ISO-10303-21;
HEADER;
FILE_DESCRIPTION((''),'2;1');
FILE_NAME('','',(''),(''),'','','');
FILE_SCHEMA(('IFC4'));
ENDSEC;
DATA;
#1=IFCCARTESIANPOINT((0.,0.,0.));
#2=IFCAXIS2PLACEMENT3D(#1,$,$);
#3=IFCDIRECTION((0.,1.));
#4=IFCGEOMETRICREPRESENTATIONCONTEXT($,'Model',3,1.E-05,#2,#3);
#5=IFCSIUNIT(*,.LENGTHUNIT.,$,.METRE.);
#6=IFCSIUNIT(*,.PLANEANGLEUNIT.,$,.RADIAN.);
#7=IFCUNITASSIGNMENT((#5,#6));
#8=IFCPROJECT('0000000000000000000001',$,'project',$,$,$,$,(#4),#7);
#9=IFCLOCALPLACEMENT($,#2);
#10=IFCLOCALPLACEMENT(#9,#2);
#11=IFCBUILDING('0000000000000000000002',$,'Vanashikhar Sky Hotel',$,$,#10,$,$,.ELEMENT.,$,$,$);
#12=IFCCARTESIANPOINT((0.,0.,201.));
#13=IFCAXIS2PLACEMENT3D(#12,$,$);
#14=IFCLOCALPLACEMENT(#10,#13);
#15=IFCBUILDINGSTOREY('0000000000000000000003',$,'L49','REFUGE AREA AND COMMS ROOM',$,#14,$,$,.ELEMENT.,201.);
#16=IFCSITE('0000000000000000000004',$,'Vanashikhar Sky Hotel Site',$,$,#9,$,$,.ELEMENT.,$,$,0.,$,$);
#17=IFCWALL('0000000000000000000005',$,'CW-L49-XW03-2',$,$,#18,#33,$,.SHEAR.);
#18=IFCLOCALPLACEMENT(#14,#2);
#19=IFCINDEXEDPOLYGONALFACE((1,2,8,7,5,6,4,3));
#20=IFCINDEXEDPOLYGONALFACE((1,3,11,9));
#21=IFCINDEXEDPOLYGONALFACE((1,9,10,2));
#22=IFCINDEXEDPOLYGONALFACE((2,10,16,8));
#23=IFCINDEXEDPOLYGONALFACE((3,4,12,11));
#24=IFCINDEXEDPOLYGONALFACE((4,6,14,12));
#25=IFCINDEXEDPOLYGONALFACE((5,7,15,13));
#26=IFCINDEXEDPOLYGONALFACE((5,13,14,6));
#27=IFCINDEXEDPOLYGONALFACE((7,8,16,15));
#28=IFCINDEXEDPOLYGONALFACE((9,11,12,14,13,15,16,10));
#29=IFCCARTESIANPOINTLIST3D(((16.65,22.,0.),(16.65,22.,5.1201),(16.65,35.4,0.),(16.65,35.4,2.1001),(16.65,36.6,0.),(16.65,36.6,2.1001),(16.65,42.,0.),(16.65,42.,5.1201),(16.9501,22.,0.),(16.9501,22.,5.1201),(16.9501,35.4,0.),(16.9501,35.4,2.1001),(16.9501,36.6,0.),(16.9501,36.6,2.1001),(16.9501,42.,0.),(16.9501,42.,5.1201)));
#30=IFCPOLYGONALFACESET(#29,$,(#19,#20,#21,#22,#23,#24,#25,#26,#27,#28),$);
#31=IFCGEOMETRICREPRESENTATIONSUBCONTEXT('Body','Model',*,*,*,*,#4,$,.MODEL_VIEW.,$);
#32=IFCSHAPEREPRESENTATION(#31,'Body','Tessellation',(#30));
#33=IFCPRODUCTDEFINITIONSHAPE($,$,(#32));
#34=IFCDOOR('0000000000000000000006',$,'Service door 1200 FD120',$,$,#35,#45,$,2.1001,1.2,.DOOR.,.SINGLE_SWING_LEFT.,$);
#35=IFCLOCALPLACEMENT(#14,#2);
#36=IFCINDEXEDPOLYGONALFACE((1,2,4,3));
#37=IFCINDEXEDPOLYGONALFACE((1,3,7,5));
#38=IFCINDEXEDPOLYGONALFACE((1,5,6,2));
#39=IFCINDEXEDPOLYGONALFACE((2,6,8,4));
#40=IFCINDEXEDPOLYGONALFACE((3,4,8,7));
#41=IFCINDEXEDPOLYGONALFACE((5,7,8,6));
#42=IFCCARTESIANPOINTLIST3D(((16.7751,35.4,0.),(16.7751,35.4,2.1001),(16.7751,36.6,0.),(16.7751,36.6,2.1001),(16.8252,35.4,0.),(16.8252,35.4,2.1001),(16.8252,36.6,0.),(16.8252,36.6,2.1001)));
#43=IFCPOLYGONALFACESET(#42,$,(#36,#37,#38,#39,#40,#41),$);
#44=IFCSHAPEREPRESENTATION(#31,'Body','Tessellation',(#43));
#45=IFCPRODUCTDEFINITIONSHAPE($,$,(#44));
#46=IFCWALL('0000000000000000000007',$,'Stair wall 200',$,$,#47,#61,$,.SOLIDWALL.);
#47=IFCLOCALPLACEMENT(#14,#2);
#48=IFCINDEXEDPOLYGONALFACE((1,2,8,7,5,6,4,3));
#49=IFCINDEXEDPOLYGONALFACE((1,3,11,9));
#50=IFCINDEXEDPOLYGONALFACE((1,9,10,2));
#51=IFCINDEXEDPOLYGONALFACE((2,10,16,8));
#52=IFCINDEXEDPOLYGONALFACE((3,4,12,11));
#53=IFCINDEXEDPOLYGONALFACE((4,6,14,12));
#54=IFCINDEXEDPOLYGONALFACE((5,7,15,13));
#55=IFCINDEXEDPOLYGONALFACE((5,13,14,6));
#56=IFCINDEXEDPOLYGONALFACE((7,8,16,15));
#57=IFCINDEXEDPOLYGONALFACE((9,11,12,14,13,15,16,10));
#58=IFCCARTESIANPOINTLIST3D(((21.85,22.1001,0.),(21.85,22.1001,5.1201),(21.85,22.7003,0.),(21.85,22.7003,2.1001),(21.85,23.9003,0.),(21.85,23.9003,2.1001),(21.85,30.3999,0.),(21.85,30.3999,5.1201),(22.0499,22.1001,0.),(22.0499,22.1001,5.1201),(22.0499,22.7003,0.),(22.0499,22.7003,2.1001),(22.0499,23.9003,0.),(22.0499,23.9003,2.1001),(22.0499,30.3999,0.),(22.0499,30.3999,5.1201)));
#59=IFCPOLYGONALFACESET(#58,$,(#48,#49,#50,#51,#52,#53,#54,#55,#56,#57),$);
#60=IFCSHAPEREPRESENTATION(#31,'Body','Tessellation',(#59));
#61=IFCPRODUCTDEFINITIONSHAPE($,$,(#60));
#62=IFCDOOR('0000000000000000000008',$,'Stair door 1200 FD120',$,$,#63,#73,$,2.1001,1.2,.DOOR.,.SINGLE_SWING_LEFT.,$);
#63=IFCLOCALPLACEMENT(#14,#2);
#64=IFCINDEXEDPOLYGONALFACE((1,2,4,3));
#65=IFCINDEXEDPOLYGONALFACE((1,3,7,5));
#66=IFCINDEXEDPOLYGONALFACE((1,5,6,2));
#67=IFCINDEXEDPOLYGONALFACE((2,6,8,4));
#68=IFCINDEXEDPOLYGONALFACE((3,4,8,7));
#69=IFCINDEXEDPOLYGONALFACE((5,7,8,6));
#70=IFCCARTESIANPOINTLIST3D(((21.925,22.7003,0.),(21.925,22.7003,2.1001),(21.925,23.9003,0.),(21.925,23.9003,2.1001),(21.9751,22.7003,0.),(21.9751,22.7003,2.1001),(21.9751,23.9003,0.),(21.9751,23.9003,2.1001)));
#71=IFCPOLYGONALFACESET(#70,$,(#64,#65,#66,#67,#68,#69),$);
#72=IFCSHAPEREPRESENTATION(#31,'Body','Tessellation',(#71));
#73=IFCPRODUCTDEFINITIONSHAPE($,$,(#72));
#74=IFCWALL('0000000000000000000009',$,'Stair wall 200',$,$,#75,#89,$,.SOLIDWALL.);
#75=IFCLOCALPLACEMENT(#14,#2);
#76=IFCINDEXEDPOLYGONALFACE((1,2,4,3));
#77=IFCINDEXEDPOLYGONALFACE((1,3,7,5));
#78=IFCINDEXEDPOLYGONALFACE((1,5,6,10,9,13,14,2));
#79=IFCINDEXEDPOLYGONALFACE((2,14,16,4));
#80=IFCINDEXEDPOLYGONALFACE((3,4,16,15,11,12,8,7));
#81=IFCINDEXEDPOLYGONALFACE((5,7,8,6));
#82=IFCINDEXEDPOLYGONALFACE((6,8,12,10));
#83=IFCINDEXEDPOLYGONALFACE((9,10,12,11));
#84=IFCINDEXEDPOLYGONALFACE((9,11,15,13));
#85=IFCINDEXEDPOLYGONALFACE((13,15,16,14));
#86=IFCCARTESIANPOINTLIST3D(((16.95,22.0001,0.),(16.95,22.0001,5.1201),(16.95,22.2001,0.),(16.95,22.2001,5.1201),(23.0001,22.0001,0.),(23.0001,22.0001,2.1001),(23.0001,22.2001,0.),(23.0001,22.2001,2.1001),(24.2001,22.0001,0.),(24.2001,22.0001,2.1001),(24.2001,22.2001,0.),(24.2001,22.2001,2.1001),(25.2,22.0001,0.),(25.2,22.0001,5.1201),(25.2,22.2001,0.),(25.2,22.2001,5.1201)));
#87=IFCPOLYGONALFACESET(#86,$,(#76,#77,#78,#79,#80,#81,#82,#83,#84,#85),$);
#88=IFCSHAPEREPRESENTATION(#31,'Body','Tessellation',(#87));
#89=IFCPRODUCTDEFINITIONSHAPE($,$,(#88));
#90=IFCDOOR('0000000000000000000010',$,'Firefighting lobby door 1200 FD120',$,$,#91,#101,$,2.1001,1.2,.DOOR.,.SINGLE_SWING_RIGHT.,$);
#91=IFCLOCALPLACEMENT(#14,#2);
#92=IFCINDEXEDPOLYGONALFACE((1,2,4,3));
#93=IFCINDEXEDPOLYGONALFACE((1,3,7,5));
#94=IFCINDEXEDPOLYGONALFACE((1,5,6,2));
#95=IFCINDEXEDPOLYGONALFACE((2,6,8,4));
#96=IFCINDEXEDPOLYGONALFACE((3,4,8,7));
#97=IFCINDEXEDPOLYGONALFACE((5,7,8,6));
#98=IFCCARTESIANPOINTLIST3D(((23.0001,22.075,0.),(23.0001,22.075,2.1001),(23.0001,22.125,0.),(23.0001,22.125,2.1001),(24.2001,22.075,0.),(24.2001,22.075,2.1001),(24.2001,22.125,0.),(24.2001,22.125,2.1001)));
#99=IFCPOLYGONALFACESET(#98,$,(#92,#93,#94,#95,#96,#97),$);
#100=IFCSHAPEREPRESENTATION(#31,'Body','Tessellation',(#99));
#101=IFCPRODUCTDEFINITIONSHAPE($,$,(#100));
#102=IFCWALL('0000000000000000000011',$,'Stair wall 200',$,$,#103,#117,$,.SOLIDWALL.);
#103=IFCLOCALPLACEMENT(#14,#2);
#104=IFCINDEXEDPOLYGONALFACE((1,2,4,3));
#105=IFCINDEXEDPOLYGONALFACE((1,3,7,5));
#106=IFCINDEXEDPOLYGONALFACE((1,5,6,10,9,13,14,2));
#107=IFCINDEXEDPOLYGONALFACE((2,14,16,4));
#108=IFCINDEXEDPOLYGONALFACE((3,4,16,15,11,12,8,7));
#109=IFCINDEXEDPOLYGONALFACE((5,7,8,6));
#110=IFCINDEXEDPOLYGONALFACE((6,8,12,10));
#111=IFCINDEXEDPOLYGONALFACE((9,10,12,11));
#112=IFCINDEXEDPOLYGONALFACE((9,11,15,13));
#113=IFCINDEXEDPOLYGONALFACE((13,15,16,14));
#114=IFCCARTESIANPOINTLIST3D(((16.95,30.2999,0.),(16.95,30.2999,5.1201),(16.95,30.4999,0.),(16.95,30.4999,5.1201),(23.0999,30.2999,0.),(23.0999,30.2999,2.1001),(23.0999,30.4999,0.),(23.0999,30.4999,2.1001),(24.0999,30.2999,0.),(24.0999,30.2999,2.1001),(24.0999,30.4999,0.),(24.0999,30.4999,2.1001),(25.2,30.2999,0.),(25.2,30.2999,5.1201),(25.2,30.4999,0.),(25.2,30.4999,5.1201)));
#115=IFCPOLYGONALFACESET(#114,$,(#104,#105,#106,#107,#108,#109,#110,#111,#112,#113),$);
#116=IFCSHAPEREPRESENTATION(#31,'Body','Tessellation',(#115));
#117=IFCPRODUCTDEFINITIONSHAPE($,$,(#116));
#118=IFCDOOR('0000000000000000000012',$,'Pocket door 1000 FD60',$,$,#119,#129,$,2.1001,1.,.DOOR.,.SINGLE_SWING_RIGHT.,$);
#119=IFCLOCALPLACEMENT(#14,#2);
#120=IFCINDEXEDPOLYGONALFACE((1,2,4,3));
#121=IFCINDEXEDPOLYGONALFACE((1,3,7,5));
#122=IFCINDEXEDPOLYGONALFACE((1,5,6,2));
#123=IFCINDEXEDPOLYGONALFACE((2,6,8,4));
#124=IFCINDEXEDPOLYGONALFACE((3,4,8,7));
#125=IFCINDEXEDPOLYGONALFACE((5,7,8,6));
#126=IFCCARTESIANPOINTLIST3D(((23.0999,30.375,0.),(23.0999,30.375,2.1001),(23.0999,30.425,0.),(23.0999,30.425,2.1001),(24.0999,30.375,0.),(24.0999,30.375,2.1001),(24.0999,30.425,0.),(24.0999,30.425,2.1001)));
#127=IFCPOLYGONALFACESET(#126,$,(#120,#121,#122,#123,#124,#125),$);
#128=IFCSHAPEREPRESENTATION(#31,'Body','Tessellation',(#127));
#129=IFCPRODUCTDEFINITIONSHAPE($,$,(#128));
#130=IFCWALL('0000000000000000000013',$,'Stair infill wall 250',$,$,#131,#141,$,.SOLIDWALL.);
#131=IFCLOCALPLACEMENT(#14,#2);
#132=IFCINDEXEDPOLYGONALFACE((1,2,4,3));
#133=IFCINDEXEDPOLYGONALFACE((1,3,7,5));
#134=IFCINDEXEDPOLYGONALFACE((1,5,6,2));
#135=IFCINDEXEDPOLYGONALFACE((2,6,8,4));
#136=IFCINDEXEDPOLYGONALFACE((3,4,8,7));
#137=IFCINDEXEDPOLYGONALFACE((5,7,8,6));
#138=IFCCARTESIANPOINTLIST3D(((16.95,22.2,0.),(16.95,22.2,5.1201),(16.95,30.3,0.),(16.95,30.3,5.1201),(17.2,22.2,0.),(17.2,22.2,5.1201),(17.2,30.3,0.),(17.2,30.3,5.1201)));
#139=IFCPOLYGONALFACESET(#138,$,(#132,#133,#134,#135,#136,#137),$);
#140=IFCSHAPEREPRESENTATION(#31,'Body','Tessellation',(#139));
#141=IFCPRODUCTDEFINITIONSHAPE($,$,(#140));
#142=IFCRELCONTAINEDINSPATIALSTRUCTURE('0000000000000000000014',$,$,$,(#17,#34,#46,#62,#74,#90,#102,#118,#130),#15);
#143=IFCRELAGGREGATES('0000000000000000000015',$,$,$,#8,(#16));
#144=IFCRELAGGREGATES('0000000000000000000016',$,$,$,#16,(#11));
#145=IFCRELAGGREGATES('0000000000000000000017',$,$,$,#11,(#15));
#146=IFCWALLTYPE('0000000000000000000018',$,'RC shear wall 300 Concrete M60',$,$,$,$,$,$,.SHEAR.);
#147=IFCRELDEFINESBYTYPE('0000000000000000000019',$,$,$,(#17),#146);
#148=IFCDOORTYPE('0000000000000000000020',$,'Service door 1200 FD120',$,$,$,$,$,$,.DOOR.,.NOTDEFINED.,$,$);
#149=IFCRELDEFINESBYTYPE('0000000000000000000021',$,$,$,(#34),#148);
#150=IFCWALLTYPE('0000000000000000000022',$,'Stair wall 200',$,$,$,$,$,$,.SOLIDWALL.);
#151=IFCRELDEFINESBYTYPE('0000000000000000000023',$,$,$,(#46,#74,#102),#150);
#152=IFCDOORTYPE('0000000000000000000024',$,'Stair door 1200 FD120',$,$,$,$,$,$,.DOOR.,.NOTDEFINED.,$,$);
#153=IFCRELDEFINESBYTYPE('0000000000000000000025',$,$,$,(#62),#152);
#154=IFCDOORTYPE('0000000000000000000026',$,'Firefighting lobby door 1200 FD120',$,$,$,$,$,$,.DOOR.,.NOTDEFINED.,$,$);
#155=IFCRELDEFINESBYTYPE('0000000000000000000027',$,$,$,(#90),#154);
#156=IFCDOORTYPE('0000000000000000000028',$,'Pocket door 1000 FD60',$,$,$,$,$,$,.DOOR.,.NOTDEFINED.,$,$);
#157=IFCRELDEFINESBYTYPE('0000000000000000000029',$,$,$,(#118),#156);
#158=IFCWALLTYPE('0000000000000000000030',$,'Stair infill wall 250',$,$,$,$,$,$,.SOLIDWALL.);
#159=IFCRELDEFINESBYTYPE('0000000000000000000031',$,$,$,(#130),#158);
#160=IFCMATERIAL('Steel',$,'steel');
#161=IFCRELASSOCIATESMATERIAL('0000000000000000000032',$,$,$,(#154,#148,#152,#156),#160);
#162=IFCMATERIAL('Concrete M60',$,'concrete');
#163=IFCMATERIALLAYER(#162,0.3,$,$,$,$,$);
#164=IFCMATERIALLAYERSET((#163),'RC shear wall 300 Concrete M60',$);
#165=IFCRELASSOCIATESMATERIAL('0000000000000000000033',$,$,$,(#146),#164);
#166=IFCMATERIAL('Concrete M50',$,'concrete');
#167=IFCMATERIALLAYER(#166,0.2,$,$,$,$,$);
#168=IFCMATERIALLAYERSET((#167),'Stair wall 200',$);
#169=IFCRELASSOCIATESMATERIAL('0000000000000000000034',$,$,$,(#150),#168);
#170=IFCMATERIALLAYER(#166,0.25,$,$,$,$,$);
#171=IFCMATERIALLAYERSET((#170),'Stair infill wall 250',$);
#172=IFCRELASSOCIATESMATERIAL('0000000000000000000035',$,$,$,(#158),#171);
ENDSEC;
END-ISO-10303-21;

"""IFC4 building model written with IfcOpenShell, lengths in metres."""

from ifc_helpers import new_model, si_unit, direction, frame, frame_2d, origin, place, context, subcontext, project, spatial, rectangle, extrude, source, transform, mapped, material, layer, layer_set, type_object, element, fill, save


model = new_model("IFC4")

# Units and contexts
model_context = context("Model", 3, precision=1e-05, world=origin(), true_north=direction((0.0, 1.0)))
body_context = subcontext(model_context, "Body", "Model", "MODEL_VIEW")
ifc_project = project(units=[si_unit("LENGTHUNIT", "METRE"), si_unit("PLANEANGLEUNIT", "RADIAN")], contexts=[model_context])

# Site, building, storey
site_placement = place(None, origin())
site = spatial("IfcSite", under=ifc_project, at=site_placement, Name="Vanashikhar Sky Hotel Site", CompositionType="ELEMENT", RefElevation=0.0)
building_placement = place(site_placement, origin())
building = spatial("IfcBuilding", under=site, at=building_placement, Name="Vanashikhar Sky Hotel", CompositionType="ELEMENT")
storey_placement = place(building_placement, frame((0.0, 0.0, 201.0)))
storey = spatial("IfcBuildingStorey", under=building, at=storey_placement, Name="L49", Description="REFUGE AREA AND COMMS ROOM", CompositionType="ELEMENT", Elevation=201.0)

# Shared definitions
ifc_material_1 = material(Name="Concrete M60", Category="concrete")
ifc_material_2 = material(Name="Steel", Category="steel")
door_type_1 = type_object("IfcDoorType", Name="Firefighting lobby door 1200 FD120", OperationType="NOTDEFINED", PredefinedType="DOOR", material=ifc_material_2)

# Walls, openings, doors
ifc_layer_1 = layer(ifc_material_1, 0.3)
ifc_layer_set_1 = layer_set([ifc_layer_1], Name="RC shear wall 300 Concrete M60")
wall_type_1 = type_object("IfcWallType", Name="RC shear wall 300 Concrete M60", PredefinedType="SHEAR", material=ifc_layer_set_1)
shared_shape_1 = source(origin(), body_context, "Body", "SweptSolid", [
    extrude(rectangle(XDim=20.0, YDim=0.3, at=frame_2d((10.0, 0.0))), origin(), (0.0, 0.0, 1.0), 5.1201),
])
wall_1_placement = place(storey_placement, frame((16.8, 22.0, 0.0), z_axis=(0.0, 0.0, 1.0), x_axis=(0.0, 1.0, 0.0)))
wall_1 = element("IfcWall", 1, at=wall_1_placement, inside=storey, type_object=wall_type_1, Name="CW-L49-XW03-2", PredefinedType="SHEAR", context=body_context, shape_type="MappedRepresentation", body=[
    mapped(shared_shape_1, transform((0.0, 0.0, 0.0), scale=1.0)),
])
shared_shape_2 = source(origin(), body_context, "Body", "SweptSolid", [
    extrude(rectangle(XDim=1.2, YDim=2.1001, at=frame_2d((0.6001, 1.05))), frame((0.0, 0.1602, 0.0), z_axis=(0.0, -1.0, 0.0), x_axis=(1.0, 0.0, 0.0)), (0.0, 0.0, 1.0), 0.3201),
])
opening_1_placement = place(wall_1_placement, frame((13.3999, 0.0, 0.0)))
opening_1 = element("IfcOpeningElement", 2, at=opening_1_placement, cuts=wall_1, PredefinedType="OPENING", context=body_context, shape_type="MappedRepresentation", body=[
    mapped(shared_shape_2, transform((0.0, 0.0, 0.0), scale=1.0)),
])
door_type_2 = type_object("IfcDoorType", Name="Service door 1200 FD120", OperationType="NOTDEFINED", PredefinedType="DOOR", material=ifc_material_2)
shared_shape_3 = source(origin(), body_context, "Body", "SweptSolid", [
    extrude(rectangle(XDim=1.2, YDim=2.1001, at=frame_2d((0.6001, 1.05))), frame((0.0, 0.0249, 0.0), z_axis=(0.0, -1.0, 0.0), x_axis=(1.0, 0.0, 0.0)), (0.0, 0.0, 1.0), 0.05),
])
door_1_placement = place(opening_1_placement, origin())
door_1 = element("IfcDoor", 3, at=door_1_placement, inside=storey, type_object=door_type_2, Name="Service door 1200 FD120", OperationType="SINGLE_SWING_LEFT", OverallHeight=2.1001, OverallWidth=1.2, PredefinedType="DOOR", context=body_context, shape_type="MappedRepresentation", body=[
    mapped(shared_shape_3, transform((0.0, 0.0, 0.0), scale=1.0)),
])
fill(opening_1, door_1)
ifc_material_3 = material(Name="Concrete M50", Category="concrete")
ifc_layer_2 = layer(ifc_material_3, 0.2)
ifc_layer_set_2 = layer_set([ifc_layer_2], Name="Stair wall 200")
wall_type_2 = type_object("IfcWallType", Name="Stair wall 200", PredefinedType="SOLIDWALL", material=ifc_layer_set_2)
shared_shape_4 = source(origin(), body_context, "Body", "SweptSolid", [
    extrude(rectangle(XDim=8.2998, YDim=0.2, at=frame_2d((4.1499, 0.0))), origin(), (0.0, 0.0, 1.0), 5.1201),
])
wall_2_placement = place(storey_placement, frame((21.95, 22.1001, 0.0), z_axis=(0.0, 0.0, 1.0), x_axis=(0.0, 1.0, 0.0)))
wall_2 = element("IfcWall", 4, at=wall_2_placement, inside=storey, type_object=wall_type_2, Name="Stair wall 200", PredefinedType="SOLIDWALL", context=body_context, shape_type="MappedRepresentation", body=[
    mapped(shared_shape_4, transform((0.0, 0.0, 0.0), scale=1.0)),
])
shared_shape_5 = source(origin(), body_context, "Body", "SweptSolid", [
    extrude(rectangle(XDim=1.2, YDim=2.1001, at=frame_2d((0.6001, 1.05))), frame((0.0, 0.1099, 0.0), z_axis=(0.0, -1.0, 0.0), x_axis=(1.0, 0.0, 0.0)), (0.0, 0.0, 1.0), 0.22),
])
opening_2_placement = place(wall_2_placement, frame((0.6001, 0.0, 0.0)))
opening_2 = element("IfcOpeningElement", 5, at=opening_2_placement, cuts=wall_2, PredefinedType="OPENING", context=body_context, shape_type="MappedRepresentation", body=[
    mapped(shared_shape_5, transform((0.0, 0.0, 0.0), scale=1.0)),
])
door_type_3 = type_object("IfcDoorType", Name="Stair door 1200 FD120", OperationType="NOTDEFINED", PredefinedType="DOOR", material=ifc_material_2)
door_2_placement = place(opening_2_placement, origin())
door_2 = element("IfcDoor", 6, at=door_2_placement, inside=storey, type_object=door_type_3, Name="Stair door 1200 FD120", OperationType="SINGLE_SWING_LEFT", OverallHeight=2.1001, OverallWidth=1.2, PredefinedType="DOOR", context=body_context, shape_type="MappedRepresentation", body=[
    mapped(shared_shape_3, transform((0.0, 0.0, 0.0), scale=1.0)),
])
fill(opening_2, door_2)
shared_shape_6 = source(origin(), body_context, "Body", "SweptSolid", [
    extrude(rectangle(XDim=8.25, YDim=0.2, at=frame_2d((4.125, 0.0))), origin(), (0.0, 0.0, 1.0), 5.1201),
])
wall_3_placement = place(storey_placement, frame((16.95, 22.1001, 0.0), z_axis=(0.0, 0.0, 1.0), x_axis=(1.0, 0.0, 0.0)))
wall_3 = element("IfcWall", 7, at=wall_3_placement, inside=storey, type_object=wall_type_2, Name="Stair wall 200", PredefinedType="SOLIDWALL", context=body_context, shape_type="MappedRepresentation", body=[
    mapped(shared_shape_6, transform((0.0, 0.0, 0.0), scale=1.0)),
])
opening_3_placement = place(wall_3_placement, frame((6.05, 0.0, 0.0)))
opening_3 = element("IfcOpeningElement", 8, at=opening_3_placement, cuts=wall_3, PredefinedType="OPENING", context=body_context, shape_type="MappedRepresentation", body=[
    mapped(shared_shape_5, transform((0.0, 0.0, 0.0), scale=1.0)),
])
door_3_placement = place(opening_3_placement, origin())
door_3 = element("IfcDoor", 9, at=door_3_placement, inside=storey, type_object=door_type_1, Name="Firefighting lobby door 1200 FD120", OperationType="SINGLE_SWING_RIGHT", OverallHeight=2.1001, OverallWidth=1.2, PredefinedType="DOOR", context=body_context, shape_type="MappedRepresentation", body=[
    mapped(shared_shape_3, transform((0.0, 0.0, 0.0), scale=1.0)),
])
fill(opening_3, door_3)
wall_4_placement = place(storey_placement, frame((25.2, 30.3999, 0.0), z_axis=(0.0, 0.0, 1.0), x_axis=(-1.0, 0.0, 0.0)))
wall_4 = element("IfcWall", 10, at=wall_4_placement, inside=storey, type_object=wall_type_2, Name="Stair wall 200", PredefinedType="SOLIDWALL", context=body_context, shape_type="MappedRepresentation", body=[
    mapped(shared_shape_6, transform((0.0, 0.0, 0.0), scale=1.0)),
])
shared_shape_7 = source(origin(), body_context, "Body", "SweptSolid", [
    extrude(rectangle(XDim=1.0, YDim=2.1001, at=frame_2d((0.5, 1.05))), frame((0.0, 0.1099, 0.0), z_axis=(0.0, -1.0, 0.0), x_axis=(1.0, 0.0, 0.0)), (0.0, 0.0, 1.0), 0.22),
])
opening_4_placement = place(wall_4_placement, frame((1.1001, 0.0, 0.0)))
opening_4 = element("IfcOpeningElement", 11, at=opening_4_placement, cuts=wall_4, PredefinedType="OPENING", context=body_context, shape_type="MappedRepresentation", body=[
    mapped(shared_shape_7, transform((0.0, 0.0, 0.0), scale=1.0)),
])
door_type_4 = type_object("IfcDoorType", Name="Pocket door 1000 FD60", OperationType="NOTDEFINED", PredefinedType="DOOR", material=ifc_material_2)
shared_shape_8 = source(origin(), body_context, "Body", "SweptSolid", [
    extrude(rectangle(XDim=1.0, YDim=2.1001, at=frame_2d((0.5, 1.05))), frame((0.0, 0.0249, 0.0), z_axis=(0.0, -1.0, 0.0), x_axis=(1.0, 0.0, 0.0)), (0.0, 0.0, 1.0), 0.05),
])
door_4_placement = place(opening_4_placement, origin())
door_4 = element("IfcDoor", 12, at=door_4_placement, inside=storey, type_object=door_type_4, Name="Pocket door 1000 FD60", OperationType="SINGLE_SWING_RIGHT", OverallHeight=2.1001, OverallWidth=1.0, PredefinedType="DOOR", context=body_context, shape_type="MappedRepresentation", body=[
    mapped(shared_shape_8, transform((0.0, 0.0, 0.0), scale=1.0)),
])
fill(opening_4, door_4)

# Wall
ifc_layer_3 = layer(ifc_material_3, 0.25)
ifc_layer_set_3 = layer_set([ifc_layer_3], Name="Stair infill wall 250")
wall_type_3 = type_object("IfcWallType", Name="Stair infill wall 250", PredefinedType="SOLIDWALL", material=ifc_layer_set_3)
shared_shape_9 = source(origin(), body_context, "Body", "SweptSolid", [
    extrude(rectangle(XDim=8.1001, YDim=0.25, at=frame_2d((4.05, 0.0))), origin(), (0.0, 0.0, 1.0), 5.1201),
])
wall_5_placement = place(storey_placement, frame((17.075, 22.2, 0.0), z_axis=(0.0, 0.0, 1.0), x_axis=(0.0, 1.0, 0.0)))
element("IfcWall", 13, at=wall_5_placement, inside=storey, type_object=wall_type_3, Name="Stair infill wall 250", PredefinedType="SOLIDWALL", context=body_context, shape_type="MappedRepresentation", body=[
    mapped(shared_shape_9, transform((0.0, 0.0, 0.0), scale=1.0)),
])

save(model, "model.ifc")
